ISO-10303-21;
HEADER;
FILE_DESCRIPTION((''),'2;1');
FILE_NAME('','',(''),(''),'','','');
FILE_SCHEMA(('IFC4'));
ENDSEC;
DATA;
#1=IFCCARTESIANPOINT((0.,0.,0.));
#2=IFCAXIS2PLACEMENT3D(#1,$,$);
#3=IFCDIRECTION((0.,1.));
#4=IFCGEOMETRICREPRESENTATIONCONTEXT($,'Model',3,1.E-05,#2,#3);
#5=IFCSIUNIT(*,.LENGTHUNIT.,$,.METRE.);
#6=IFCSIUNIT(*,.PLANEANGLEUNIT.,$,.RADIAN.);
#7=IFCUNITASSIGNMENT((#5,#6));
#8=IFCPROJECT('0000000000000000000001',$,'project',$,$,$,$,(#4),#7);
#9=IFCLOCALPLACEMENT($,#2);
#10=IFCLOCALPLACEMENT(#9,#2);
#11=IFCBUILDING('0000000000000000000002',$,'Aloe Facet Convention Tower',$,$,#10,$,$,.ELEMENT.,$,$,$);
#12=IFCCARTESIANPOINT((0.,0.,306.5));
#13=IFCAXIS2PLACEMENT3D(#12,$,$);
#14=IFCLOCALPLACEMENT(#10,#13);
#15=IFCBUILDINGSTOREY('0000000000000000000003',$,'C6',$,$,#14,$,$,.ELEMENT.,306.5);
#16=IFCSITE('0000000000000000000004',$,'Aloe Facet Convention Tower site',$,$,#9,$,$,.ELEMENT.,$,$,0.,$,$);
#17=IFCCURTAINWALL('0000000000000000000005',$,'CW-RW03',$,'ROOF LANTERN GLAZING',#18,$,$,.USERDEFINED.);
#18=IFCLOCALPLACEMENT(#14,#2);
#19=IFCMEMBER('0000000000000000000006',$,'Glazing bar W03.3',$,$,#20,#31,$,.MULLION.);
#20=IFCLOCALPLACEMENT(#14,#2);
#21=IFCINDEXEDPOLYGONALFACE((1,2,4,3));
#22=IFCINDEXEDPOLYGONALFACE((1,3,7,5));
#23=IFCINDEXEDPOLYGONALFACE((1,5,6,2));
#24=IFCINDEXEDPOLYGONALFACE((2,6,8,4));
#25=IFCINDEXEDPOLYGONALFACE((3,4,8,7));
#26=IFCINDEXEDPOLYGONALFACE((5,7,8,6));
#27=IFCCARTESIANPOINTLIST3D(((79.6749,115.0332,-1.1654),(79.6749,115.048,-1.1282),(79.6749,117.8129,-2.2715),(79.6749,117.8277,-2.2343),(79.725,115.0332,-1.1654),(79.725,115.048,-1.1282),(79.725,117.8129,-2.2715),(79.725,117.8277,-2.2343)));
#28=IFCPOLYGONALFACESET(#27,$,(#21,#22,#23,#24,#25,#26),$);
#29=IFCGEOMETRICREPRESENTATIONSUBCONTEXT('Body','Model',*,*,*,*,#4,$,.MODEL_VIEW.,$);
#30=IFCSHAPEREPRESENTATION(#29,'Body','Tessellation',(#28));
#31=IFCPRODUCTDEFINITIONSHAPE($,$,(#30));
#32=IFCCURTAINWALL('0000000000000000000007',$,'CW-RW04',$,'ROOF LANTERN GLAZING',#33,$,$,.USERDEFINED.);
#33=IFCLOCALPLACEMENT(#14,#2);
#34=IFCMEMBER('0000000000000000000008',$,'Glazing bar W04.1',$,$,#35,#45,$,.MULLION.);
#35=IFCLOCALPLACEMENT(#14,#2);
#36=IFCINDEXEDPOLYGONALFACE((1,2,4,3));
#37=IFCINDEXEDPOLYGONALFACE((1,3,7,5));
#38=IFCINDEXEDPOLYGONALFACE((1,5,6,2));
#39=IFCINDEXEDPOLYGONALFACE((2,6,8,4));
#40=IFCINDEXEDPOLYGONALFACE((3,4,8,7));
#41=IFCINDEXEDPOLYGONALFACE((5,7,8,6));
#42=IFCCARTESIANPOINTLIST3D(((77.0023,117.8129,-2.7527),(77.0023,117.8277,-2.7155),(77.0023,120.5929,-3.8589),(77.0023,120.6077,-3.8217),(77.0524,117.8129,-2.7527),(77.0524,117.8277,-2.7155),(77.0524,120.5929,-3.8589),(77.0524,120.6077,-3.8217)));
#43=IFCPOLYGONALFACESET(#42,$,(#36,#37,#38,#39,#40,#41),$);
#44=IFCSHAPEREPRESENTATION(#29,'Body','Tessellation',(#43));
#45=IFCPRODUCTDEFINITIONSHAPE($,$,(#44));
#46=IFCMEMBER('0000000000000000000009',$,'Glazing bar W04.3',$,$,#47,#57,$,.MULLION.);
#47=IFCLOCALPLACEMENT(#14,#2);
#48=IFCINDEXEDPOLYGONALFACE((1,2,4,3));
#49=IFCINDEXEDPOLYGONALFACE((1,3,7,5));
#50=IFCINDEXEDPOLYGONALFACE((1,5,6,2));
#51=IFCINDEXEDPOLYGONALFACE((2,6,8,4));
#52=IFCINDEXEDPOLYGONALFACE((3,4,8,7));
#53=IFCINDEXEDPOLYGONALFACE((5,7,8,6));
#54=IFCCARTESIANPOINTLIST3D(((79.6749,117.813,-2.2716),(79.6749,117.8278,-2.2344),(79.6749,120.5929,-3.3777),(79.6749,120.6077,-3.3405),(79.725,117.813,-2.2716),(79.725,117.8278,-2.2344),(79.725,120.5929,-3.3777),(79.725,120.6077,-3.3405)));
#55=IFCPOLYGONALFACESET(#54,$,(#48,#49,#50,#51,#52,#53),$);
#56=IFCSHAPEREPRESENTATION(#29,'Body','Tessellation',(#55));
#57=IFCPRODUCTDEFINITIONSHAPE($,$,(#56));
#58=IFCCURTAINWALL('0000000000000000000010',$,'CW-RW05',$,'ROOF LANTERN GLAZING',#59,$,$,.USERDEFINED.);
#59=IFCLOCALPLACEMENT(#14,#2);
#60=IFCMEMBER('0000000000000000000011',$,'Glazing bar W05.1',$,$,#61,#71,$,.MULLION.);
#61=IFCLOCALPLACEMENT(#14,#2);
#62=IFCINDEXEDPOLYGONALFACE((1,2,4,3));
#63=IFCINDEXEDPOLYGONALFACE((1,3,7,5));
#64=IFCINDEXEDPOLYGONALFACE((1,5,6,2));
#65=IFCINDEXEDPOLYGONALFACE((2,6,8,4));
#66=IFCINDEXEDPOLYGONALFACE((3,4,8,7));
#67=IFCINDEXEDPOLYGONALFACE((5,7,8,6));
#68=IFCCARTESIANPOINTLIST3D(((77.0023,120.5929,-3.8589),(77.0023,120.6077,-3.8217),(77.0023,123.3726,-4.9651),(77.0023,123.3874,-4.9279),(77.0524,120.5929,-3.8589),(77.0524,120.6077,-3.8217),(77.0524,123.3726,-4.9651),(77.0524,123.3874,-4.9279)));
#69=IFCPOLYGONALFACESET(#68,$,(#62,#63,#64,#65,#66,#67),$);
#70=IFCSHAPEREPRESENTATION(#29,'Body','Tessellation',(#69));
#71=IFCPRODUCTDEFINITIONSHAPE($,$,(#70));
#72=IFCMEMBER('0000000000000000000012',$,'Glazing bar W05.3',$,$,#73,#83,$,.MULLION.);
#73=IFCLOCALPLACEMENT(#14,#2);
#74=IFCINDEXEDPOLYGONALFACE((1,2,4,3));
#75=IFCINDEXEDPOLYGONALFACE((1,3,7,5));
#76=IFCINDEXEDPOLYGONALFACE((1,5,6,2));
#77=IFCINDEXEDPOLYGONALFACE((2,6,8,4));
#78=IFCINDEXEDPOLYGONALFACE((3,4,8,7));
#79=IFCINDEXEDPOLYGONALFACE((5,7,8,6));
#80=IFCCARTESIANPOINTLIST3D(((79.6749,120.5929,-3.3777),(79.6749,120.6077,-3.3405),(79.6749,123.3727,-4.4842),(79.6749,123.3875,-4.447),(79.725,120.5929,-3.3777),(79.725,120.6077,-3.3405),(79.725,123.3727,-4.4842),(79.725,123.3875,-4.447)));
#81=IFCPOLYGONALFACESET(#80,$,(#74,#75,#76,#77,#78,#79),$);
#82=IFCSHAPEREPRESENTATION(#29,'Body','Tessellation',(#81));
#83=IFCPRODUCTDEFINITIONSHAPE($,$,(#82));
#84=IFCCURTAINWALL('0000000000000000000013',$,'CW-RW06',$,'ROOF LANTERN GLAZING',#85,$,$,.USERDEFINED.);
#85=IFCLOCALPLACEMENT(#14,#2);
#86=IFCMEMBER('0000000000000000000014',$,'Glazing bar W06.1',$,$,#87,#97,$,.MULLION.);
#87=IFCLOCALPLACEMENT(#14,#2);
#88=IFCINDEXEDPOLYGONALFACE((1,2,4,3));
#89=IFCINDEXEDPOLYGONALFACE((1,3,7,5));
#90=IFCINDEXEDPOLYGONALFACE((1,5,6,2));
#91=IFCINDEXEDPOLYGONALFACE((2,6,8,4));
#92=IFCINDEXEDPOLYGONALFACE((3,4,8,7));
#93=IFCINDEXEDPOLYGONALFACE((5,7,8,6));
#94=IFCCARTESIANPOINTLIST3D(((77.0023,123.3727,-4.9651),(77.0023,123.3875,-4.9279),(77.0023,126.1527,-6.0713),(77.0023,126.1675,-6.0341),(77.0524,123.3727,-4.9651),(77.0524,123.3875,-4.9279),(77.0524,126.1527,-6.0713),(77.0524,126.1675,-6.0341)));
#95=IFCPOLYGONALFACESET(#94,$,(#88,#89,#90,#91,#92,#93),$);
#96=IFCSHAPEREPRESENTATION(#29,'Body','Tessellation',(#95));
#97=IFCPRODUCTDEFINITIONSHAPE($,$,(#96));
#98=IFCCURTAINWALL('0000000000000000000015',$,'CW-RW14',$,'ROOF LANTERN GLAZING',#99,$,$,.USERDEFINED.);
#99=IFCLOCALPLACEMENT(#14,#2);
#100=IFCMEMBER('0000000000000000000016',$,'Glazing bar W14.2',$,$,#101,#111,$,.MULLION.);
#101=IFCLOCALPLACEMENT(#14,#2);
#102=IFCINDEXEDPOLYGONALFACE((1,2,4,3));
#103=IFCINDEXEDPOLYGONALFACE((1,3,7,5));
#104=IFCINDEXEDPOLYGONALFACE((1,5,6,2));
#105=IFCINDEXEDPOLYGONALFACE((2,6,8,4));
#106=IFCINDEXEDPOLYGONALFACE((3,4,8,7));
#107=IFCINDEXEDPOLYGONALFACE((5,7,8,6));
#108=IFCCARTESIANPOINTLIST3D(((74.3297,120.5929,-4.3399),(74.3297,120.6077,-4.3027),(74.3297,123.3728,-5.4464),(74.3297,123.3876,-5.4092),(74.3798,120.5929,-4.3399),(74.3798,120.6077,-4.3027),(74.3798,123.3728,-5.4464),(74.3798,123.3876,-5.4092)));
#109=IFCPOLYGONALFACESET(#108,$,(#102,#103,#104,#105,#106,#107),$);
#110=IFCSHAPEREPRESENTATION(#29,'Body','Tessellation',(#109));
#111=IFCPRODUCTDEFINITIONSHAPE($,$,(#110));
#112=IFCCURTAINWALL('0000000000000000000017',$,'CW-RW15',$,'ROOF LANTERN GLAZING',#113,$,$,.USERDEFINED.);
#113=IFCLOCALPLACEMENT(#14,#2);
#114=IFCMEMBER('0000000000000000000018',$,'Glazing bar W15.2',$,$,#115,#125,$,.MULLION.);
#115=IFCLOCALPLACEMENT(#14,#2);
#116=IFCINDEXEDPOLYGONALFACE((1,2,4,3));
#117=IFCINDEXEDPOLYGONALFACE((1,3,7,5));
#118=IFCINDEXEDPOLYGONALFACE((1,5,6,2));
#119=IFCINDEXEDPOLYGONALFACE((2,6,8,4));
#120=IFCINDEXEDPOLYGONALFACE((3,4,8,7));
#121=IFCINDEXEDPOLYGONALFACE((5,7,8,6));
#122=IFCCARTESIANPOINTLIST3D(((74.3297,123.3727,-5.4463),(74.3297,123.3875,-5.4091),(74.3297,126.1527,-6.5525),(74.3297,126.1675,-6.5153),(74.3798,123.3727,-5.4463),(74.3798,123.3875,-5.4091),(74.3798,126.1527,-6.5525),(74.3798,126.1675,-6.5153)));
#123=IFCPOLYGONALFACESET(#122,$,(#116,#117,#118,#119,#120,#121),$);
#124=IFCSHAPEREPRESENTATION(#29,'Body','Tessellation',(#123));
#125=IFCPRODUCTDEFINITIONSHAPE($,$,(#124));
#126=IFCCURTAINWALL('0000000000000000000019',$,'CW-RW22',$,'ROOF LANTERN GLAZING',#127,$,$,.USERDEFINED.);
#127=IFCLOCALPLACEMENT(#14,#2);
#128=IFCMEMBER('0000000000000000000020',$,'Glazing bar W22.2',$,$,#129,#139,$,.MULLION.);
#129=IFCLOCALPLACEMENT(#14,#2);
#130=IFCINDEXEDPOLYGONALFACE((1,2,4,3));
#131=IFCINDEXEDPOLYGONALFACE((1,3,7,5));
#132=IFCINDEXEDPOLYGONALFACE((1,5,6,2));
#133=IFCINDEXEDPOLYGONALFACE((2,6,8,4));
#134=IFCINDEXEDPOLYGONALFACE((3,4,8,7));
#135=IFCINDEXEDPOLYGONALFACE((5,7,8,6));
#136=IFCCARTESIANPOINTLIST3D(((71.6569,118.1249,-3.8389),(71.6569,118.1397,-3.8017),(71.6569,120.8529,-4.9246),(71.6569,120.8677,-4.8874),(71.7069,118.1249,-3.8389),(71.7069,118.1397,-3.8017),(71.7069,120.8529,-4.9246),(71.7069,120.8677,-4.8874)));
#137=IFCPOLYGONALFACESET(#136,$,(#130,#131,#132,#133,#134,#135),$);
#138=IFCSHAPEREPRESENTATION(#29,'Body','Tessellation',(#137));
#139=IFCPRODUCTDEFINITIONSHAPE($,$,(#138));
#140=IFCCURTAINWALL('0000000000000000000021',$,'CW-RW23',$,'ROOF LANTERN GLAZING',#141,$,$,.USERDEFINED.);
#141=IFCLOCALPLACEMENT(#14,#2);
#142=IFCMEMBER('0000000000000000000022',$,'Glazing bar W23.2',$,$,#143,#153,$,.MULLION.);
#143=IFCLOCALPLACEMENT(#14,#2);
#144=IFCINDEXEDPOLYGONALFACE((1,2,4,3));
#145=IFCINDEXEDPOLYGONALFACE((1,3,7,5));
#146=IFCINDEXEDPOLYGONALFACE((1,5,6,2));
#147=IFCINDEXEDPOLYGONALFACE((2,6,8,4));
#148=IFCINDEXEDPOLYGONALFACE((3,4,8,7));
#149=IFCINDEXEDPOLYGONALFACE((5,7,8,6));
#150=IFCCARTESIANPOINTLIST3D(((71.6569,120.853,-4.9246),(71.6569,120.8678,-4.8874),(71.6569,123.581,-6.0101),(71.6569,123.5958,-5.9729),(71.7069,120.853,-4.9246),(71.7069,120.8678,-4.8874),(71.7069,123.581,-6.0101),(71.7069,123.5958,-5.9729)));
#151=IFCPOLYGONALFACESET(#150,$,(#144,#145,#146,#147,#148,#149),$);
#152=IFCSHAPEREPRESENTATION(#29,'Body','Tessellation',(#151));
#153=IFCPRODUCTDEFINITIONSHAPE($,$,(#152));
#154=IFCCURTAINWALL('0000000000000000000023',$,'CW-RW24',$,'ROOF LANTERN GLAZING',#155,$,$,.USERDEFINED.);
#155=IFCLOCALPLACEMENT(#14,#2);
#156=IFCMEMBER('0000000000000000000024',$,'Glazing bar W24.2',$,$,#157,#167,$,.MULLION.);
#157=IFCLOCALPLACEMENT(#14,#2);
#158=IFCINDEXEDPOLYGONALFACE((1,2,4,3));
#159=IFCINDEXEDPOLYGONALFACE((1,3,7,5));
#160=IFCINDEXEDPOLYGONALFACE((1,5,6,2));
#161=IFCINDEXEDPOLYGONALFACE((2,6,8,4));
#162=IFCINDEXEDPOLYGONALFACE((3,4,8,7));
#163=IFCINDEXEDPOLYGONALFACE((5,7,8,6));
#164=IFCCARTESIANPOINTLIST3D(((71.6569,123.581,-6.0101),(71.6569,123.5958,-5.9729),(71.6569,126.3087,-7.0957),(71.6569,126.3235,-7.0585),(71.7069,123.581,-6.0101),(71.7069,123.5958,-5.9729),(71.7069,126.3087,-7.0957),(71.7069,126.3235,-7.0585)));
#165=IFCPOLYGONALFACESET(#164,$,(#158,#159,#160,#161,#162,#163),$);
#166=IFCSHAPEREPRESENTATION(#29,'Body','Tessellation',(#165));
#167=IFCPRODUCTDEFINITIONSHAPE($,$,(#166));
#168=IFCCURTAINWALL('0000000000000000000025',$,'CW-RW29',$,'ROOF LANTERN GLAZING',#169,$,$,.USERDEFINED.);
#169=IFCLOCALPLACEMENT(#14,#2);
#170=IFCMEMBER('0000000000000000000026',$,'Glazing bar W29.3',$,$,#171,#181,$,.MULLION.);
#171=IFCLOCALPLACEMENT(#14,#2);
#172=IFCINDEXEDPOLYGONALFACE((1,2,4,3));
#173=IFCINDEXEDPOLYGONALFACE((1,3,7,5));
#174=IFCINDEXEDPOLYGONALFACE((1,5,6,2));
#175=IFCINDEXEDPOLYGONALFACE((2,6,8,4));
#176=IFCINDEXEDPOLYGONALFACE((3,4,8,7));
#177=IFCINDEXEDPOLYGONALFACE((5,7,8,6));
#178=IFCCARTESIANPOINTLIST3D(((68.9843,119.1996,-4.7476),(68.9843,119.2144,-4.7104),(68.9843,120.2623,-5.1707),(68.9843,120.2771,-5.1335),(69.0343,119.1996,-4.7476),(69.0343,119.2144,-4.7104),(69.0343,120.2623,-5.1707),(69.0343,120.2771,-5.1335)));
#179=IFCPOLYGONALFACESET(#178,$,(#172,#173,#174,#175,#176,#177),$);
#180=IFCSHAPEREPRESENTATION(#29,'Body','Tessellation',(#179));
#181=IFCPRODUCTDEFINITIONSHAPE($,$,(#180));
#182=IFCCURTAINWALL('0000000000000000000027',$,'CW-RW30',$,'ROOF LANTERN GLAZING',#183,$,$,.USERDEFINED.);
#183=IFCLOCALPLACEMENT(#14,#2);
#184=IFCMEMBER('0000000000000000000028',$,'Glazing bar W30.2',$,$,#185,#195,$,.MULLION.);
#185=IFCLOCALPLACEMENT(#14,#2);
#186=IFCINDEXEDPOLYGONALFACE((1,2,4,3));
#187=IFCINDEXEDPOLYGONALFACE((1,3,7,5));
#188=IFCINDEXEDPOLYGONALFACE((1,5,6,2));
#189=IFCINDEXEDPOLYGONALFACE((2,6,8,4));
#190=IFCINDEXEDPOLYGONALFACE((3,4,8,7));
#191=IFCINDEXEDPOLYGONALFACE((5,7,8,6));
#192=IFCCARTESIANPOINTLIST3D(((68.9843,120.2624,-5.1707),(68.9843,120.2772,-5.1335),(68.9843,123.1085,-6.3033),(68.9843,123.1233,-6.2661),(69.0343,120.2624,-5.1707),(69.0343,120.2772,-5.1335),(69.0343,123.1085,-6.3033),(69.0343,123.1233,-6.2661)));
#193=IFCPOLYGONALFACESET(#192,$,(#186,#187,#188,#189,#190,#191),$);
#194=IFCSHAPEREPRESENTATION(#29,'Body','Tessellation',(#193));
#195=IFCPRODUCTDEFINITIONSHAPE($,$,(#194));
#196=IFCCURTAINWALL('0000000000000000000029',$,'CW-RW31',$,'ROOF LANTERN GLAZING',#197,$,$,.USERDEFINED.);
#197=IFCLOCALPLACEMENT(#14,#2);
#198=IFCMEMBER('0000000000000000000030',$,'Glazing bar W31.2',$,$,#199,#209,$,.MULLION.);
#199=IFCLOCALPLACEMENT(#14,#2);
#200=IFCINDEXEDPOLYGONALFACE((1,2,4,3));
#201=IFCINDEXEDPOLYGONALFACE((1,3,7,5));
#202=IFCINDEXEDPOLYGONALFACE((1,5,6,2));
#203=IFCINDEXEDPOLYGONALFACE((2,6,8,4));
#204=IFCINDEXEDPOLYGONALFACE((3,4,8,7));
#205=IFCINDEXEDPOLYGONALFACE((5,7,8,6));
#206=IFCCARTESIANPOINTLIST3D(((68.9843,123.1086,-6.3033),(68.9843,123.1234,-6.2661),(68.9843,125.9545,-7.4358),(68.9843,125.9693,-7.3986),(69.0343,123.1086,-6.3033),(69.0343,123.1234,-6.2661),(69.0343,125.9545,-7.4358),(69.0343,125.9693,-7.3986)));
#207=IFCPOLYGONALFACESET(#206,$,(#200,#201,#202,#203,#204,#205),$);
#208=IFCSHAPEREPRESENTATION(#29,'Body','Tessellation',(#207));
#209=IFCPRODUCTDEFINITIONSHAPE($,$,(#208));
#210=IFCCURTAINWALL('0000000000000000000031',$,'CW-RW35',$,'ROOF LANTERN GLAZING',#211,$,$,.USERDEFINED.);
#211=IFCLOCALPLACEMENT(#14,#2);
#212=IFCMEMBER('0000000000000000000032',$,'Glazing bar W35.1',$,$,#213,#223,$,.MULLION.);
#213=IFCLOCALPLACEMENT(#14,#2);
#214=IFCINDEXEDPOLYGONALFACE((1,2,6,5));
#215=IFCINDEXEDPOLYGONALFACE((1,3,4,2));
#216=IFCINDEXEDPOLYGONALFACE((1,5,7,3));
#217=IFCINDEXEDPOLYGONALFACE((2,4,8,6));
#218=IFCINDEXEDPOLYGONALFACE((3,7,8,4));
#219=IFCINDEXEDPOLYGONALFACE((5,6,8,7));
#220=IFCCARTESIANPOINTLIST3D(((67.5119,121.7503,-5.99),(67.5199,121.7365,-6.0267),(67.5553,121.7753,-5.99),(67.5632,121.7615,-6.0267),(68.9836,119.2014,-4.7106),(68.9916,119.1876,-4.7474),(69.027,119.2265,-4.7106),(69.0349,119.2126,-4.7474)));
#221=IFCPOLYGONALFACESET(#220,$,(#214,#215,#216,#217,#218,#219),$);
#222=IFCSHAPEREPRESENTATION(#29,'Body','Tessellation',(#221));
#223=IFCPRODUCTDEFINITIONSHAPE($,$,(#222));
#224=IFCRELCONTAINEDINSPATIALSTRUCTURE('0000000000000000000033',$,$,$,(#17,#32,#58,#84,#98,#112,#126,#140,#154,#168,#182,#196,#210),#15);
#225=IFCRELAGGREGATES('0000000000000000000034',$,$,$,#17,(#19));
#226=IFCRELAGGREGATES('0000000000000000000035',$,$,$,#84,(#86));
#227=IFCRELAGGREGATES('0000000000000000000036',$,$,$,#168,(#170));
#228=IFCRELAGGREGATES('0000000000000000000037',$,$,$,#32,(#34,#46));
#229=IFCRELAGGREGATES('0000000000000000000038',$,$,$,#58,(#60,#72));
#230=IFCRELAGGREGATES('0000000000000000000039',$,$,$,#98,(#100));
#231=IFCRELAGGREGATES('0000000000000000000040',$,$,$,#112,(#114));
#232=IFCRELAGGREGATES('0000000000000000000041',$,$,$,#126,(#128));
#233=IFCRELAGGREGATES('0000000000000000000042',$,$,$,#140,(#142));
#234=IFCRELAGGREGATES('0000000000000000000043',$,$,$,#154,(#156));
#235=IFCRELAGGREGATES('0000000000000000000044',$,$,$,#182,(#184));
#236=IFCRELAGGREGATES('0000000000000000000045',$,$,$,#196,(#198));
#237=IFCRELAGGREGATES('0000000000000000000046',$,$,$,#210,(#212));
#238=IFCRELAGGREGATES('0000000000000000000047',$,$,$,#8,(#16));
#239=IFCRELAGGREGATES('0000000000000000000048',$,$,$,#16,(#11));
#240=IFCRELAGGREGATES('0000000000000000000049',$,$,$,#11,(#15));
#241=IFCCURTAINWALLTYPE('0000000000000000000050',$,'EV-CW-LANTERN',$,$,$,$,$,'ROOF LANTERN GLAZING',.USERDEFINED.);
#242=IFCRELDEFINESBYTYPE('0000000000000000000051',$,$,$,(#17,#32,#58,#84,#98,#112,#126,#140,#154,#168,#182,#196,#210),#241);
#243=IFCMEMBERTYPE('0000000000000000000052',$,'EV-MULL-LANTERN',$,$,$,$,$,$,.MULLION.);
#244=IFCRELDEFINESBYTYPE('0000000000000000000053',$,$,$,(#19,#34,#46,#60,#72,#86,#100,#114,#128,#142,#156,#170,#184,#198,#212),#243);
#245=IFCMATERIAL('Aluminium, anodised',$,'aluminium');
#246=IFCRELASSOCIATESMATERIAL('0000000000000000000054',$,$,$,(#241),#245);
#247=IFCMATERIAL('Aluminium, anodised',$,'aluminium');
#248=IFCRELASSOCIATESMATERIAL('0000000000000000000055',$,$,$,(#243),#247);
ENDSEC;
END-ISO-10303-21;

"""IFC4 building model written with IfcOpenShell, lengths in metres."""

from ifc_helpers import new_model, si_unit, direction, frame, origin, origin_2d, place, context, subcontext, project, spatial, rectangle, extrude, material, material_profile, profile_set, type_object, element, aggregate, save


model = new_model("IFC4")

# Units and contexts
model_context = context("Model", 3, precision=1e-05, world=origin(), true_north=direction((0.0, 1.0)))
body_context = subcontext(model_context, "Body", "Model", "MODEL_VIEW")
ifc_project = project(units=[si_unit("LENGTHUNIT", "METRE"), si_unit("PLANEANGLEUNIT", "RADIAN")], contexts=[model_context])

# Site, building, storey
site_placement = place(None, origin())
site = spatial("IfcSite", under=ifc_project, at=site_placement, Name="Aloe Facet Convention Tower site", CompositionType="ELEMENT", RefElevation=0.0)
building_placement = place(site_placement, origin())
building = spatial("IfcBuilding", under=site, at=building_placement, Name="Aloe Facet Convention Tower", CompositionType="ELEMENT")
storey_placement = place(building_placement, frame((0.0, 0.0, 306.5)))
storey = spatial("IfcBuildingStorey", under=building, at=storey_placement, Name="C6", CompositionType="ELEMENT", Elevation=306.5)

# Curtain wall, member
ifc_material_1 = material(Name="Aluminium, anodised", Category="aluminium")
curtain_wall_type = type_object("IfcCurtainWallType", Name="EV-CW-LANTERN", ElementType="ROOF LANTERN GLAZING", PredefinedType="USERDEFINED", material=ifc_material_1)
curtain_wall_1_placement = place(storey_placement, origin())
curtain_wall_1 = element("IfcCurtainWall", 1, at=curtain_wall_1_placement, inside=storey, type_object=curtain_wall_type, Name="CW-RW03", ObjectType="ROOF LANTERN GLAZING", PredefinedType="USERDEFINED")
ifc_material_2 = material(Name="Aluminium, anodised", Category="aluminium")
ifc_material_profile_1 = material_profile(ifc_material_2, rectangle(XDim=0.05, YDim=0.04, at=origin_2d()), Name="AL 50x40")
ifc_profile_set_1 = profile_set([ifc_material_profile_1], Name="Aluminium, anodised")
member_type_1 = type_object("IfcMemberType", Name="EV-MULL-LANTERN", PredefinedType="MULLION", material=ifc_profile_set_1)
member_1_placement = place(storey_placement, frame((79.7, 117.8203, -2.2529), z_axis=(0.0, -0.929134, 0.369744), x_axis=(1.0, 0.0, 0.0)))
member_1 = element("IfcMember", 2, at=member_1_placement, type_object=member_type_1, Name="Glazing bar W03.3", PredefinedType="MULLION", context=body_context, shape_type="SweptSolid", body=[
    extrude(rectangle(XDim=0.05, YDim=0.04, at=origin_2d()), origin(), (0.0, 0.0, 1.0), 2.9917),
])
aggregate(curtain_wall_1, [member_1])

# Curtain walls, members
curtain_wall_2_placement = place(storey_placement, origin())
curtain_wall_2 = element("IfcCurtainWall", 3, at=curtain_wall_2_placement, inside=storey, type_object=curtain_wall_type, Name="CW-RW04", ObjectType="ROOF LANTERN GLAZING", PredefinedType="USERDEFINED")
member_2_placement = place(storey_placement, frame((77.0273, 117.8203, -2.7341), z_axis=(0.0, 0.929145, -0.369716), x_axis=(-1.0, 0.0, 0.0)))
member_2 = element("IfcMember", 4, at=member_2_placement, type_object=member_type_1, Name="Glazing bar W04.1", PredefinedType="MULLION", context=body_context, shape_type="SweptSolid", body=[
    extrude(rectangle(XDim=0.05, YDim=0.04, at=origin_2d()), origin(), (0.0, 0.0, 1.0), 2.9919),
])
member_3_placement = place(storey_placement, frame((79.7, 120.6003, -3.3591), z_axis=(0.0, -0.929145, 0.369716), x_axis=(1.0, 0.0, 0.0)))
member_3 = element("IfcMember", 5, at=member_3_placement, type_object=member_type_1, Name="Glazing bar W04.3", PredefinedType="MULLION", context=body_context, shape_type="SweptSolid", body=[
    extrude(rectangle(XDim=0.05, YDim=0.04, at=origin_2d()), origin(), (0.0, 0.0, 1.0), 2.9919),
])
curtain_wall_3_placement = place(storey_placement, origin())
curtain_wall_3 = element("IfcCurtainWall", 6, at=curtain_wall_3_placement, inside=storey, type_object=curtain_wall_type, Name="CW-RW05", ObjectType="ROOF LANTERN GLAZING", PredefinedType="USERDEFINED")
member_4_placement = place(storey_placement, frame((77.0273, 120.6003, -3.8403), z_axis=(0.0, 0.929134, -0.369744), x_axis=(-1.0, 0.0, 0.0)))
member_4 = element("IfcMember", 7, at=member_4_placement, type_object=member_type_1, Name="Glazing bar W05.1", PredefinedType="MULLION", context=body_context, shape_type="SweptSolid", body=[
    extrude(rectangle(XDim=0.05, YDim=0.04, at=origin_2d()), origin(), (0.0, 0.0, 1.0), 2.9917),
])
member_5_placement = place(storey_placement, frame((79.7, 123.3801, -4.4656), z_axis=(0.0, -0.929106, 0.369814), x_axis=(1.0, 0.0, 0.0)))
member_5 = element("IfcMember", 8, at=member_5_placement, type_object=member_type_1, Name="Glazing bar W05.3", PredefinedType="MULLION", context=body_context, shape_type="SweptSolid", body=[
    extrude(rectangle(XDim=0.05, YDim=0.04, at=origin_2d()), origin(), (0.0, 0.0, 1.0), 2.9919),
])

# Curtain walls, members
curtain_wall_4_placement = place(storey_placement, origin())
curtain_wall_4 = element("IfcCurtainWall", 9, at=curtain_wall_4_placement, inside=storey, type_object=curtain_wall_type, Name="CW-RW06", ObjectType="ROOF LANTERN GLAZING", PredefinedType="USERDEFINED")
member_6_placement = place(storey_placement, frame((77.0273, 123.3801, -4.9465), z_axis=(0.0, 0.929145, -0.369716), x_axis=(-1.0, 0.0, 0.0)))
member_6 = element("IfcMember", 10, at=member_6_placement, type_object=member_type_1, Name="Glazing bar W06.1", PredefinedType="MULLION", context=body_context, shape_type="SweptSolid", body=[
    extrude(rectangle(XDim=0.05, YDim=0.04, at=origin_2d()), origin(), (0.0, 0.0, 1.0), 2.9919),
])
aggregate(curtain_wall_4, [member_6])
curtain_wall_5_placement = place(storey_placement, origin())
curtain_wall_5 = element("IfcCurtainWall", 11, at=curtain_wall_5_placement, inside=storey, type_object=curtain_wall_type, Name="CW-RW14", ObjectType="ROOF LANTERN GLAZING", PredefinedType="USERDEFINED")
member_7_placement = place(storey_placement, frame((74.3547, 120.6003, -4.3213), z_axis=(0.0, 0.929106, -0.369814), x_axis=(-1.0, 0.0, 0.0)))
member_7 = element("IfcMember", 12, at=member_7_placement, type_object=member_type_1, Name="Glazing bar W14.2", PredefinedType="MULLION", context=body_context, shape_type="SweptSolid", body=[
    extrude(rectangle(XDim=0.05, YDim=0.04, at=origin_2d()), origin(), (0.0, 0.0, 1.0), 2.9919),
])
curtain_wall_6_placement = place(storey_placement, origin())
curtain_wall_6 = element("IfcCurtainWall", 13, at=curtain_wall_6_placement, inside=storey, type_object=curtain_wall_type, Name="CW-RW15", ObjectType="ROOF LANTERN GLAZING", PredefinedType="USERDEFINED")
member_8_placement = place(storey_placement, frame((74.3547, 123.3801, -5.4277), z_axis=(0.0, 0.929145, -0.369716), x_axis=(-1.0, 0.0, 0.0)))
member_8 = element("IfcMember", 14, at=member_8_placement, type_object=member_type_1, Name="Glazing bar W15.2", PredefinedType="MULLION", context=body_context, shape_type="SweptSolid", body=[
    extrude(rectangle(XDim=0.05, YDim=0.04, at=origin_2d()), origin(), (0.0, 0.0, 1.0), 2.9919),
])
curtain_wall_7_placement = place(storey_placement, origin())
curtain_wall_7 = element("IfcCurtainWall", 15, at=curtain_wall_7_placement, inside=storey, type_object=curtain_wall_type, Name="CW-RW22", ObjectType="ROOF LANTERN GLAZING", PredefinedType="USERDEFINED")
member_9_placement = place(storey_placement, frame((71.6819, 118.1323, -3.8203), z_axis=(0.0, 0.929123, -0.36977), x_axis=(-1.0, 0.0, 0.0)))
member_9 = element("IfcMember", 16, at=member_9_placement, type_object=member_type_1, Name="Glazing bar W22.2", PredefinedType="MULLION", context=body_context, shape_type="SweptSolid", body=[
    extrude(rectangle(XDim=0.05, YDim=0.04, at=origin_2d()), origin(), (0.0, 0.0, 1.0), 2.936),
])
curtain_wall_8_placement = place(storey_placement, origin())
curtain_wall_8 = element("IfcCurtainWall", 17, at=curtain_wall_8_placement, inside=storey, type_object=curtain_wall_type, Name="CW-RW23", ObjectType="ROOF LANTERN GLAZING", PredefinedType="USERDEFINED")
member_10_placement = place(storey_placement, frame((71.6819, 120.8604, -4.906), z_axis=(0.0, 0.929152, -0.369698), x_axis=(-1.0, 0.0, 0.0)))
member_10 = element("IfcMember", 18, at=member_10_placement, type_object=member_type_1, Name="Glazing bar W23.2", PredefinedType="MULLION", context=body_context, shape_type="SweptSolid", body=[
    extrude(rectangle(XDim=0.05, YDim=0.04, at=origin_2d()), origin(), (0.0, 0.0, 1.0), 2.936),
])
curtain_wall_9_placement = place(storey_placement, origin())
curtain_wall_9 = element("IfcCurtainWall", 19, at=curtain_wall_9_placement, inside=storey, type_object=curtain_wall_type, Name="CW-RW24", ObjectType="ROOF LANTERN GLAZING", PredefinedType="USERDEFINED")
member_11_placement = place(storey_placement, frame((71.6819, 123.5884, -5.9915), z_axis=(0.0, 0.929112, -0.369799), x_axis=(-1.0, 0.0, 0.0)))
member_11 = element("IfcMember", 20, at=member_11_placement, type_object=member_type_1, Name="Glazing bar W24.2", PredefinedType="MULLION", context=body_context, shape_type="SweptSolid", body=[
    extrude(rectangle(XDim=0.05, YDim=0.04, at=origin_2d()), origin(), (0.0, 0.0, 1.0), 2.9358),
])
curtain_wall_10_placement = place(storey_placement, origin())
curtain_wall_10 = element("IfcCurtainWall", 21, at=curtain_wall_10_placement, inside=storey, type_object=curtain_wall_type, Name="CW-RW29", ObjectType="ROOF LANTERN GLAZING", PredefinedType="USERDEFINED")
member_12_placement = place(storey_placement, frame((69.0093, 119.207, -4.729), z_axis=(0.0, 0.929079, -0.369881), x_axis=(-1.0, 0.0, 0.0)))
member_12 = element("IfcMember", 22, at=member_12_placement, type_object=member_type_1, Name="Glazing bar W29.3", PredefinedType="MULLION", context=body_context, shape_type="SweptSolid", body=[
    extrude(rectangle(XDim=0.05, YDim=0.04, at=origin_2d()), origin(), (0.0, 0.0, 1.0), 1.1438),
])
curtain_wall_11_placement = place(storey_placement, origin())
curtain_wall_11 = element("IfcCurtainWall", 23, at=curtain_wall_11_placement, inside=storey, type_object=curtain_wall_type, Name="CW-RW30", ObjectType="ROOF LANTERN GLAZING", PredefinedType="USERDEFINED")
member_13_placement = place(storey_placement, frame((69.0093, 120.2698, -5.1521), z_axis=(0.0, 0.92914, -0.369727), x_axis=(-1.0, 0.0, 0.0)))
member_13 = element("IfcMember", 24, at=member_13_placement, type_object=member_type_1, Name="Glazing bar W30.2", PredefinedType="MULLION", context=body_context, shape_type="SweptSolid", body=[
    extrude(rectangle(XDim=0.05, YDim=0.04, at=origin_2d()), origin(), (0.0, 0.0, 1.0), 3.0632),
])
curtain_wall_12_placement = place(storey_placement, origin())
curtain_wall_12 = element("IfcCurtainWall", 25, at=curtain_wall_12_placement, inside=storey, type_object=curtain_wall_type, Name="CW-RW31", ObjectType="ROOF LANTERN GLAZING", PredefinedType="USERDEFINED")
member_14_placement = place(storey_placement, frame((69.0093, 123.116, -6.2847), z_axis=(0.0, 0.929129, -0.369755), x_axis=(-1.0, 0.0, 0.0)))
member_14 = element("IfcMember", 26, at=member_14_placement, type_object=member_type_1, Name="Glazing bar W31.2", PredefinedType="MULLION", context=body_context, shape_type="SweptSolid", body=[
    extrude(rectangle(XDim=0.05, YDim=0.04, at=origin_2d()), origin(), (0.0, 0.0, 1.0), 3.063),
])
curtain_wall_13_placement = place(storey_placement, origin())
curtain_wall_13 = element("IfcCurtainWall", 27, at=curtain_wall_13_placement, inside=storey, type_object=curtain_wall_type, Name="CW-RW35", ObjectType="ROOF LANTERN GLAZING", PredefinedType="USERDEFINED")
member_15_placement = place(storey_placement, frame((69.0093, 119.207, -4.729), z_axis=(-0.458581, 0.794225, -0.398634), x_axis=(-0.866009, -0.500029, 0.0)))
member_15 = element("IfcMember", 28, at=member_15_placement, type_object=member_type_1, Name="Glazing bar W35.1", PredefinedType="MULLION", context=body_context, shape_type="SweptSolid", body=[
    extrude(rectangle(XDim=0.05, YDim=0.04, at=origin_2d()), origin(), (0.0, 0.0, 1.0), 3.2092),
])

aggregate(curtain_wall_10, [member_12])

aggregate(curtain_wall_2, [member_2, member_3])
aggregate(curtain_wall_3, [member_4, member_5])
aggregate(curtain_wall_5, [member_7])
aggregate(curtain_wall_6, [member_8])
aggregate(curtain_wall_7, [member_9])
aggregate(curtain_wall_8, [member_10])
aggregate(curtain_wall_9, [member_11])
aggregate(curtain_wall_11, [member_13])
aggregate(curtain_wall_12, [member_14])
aggregate(curtain_wall_13, [member_15])

save(model, "model.ifc")
